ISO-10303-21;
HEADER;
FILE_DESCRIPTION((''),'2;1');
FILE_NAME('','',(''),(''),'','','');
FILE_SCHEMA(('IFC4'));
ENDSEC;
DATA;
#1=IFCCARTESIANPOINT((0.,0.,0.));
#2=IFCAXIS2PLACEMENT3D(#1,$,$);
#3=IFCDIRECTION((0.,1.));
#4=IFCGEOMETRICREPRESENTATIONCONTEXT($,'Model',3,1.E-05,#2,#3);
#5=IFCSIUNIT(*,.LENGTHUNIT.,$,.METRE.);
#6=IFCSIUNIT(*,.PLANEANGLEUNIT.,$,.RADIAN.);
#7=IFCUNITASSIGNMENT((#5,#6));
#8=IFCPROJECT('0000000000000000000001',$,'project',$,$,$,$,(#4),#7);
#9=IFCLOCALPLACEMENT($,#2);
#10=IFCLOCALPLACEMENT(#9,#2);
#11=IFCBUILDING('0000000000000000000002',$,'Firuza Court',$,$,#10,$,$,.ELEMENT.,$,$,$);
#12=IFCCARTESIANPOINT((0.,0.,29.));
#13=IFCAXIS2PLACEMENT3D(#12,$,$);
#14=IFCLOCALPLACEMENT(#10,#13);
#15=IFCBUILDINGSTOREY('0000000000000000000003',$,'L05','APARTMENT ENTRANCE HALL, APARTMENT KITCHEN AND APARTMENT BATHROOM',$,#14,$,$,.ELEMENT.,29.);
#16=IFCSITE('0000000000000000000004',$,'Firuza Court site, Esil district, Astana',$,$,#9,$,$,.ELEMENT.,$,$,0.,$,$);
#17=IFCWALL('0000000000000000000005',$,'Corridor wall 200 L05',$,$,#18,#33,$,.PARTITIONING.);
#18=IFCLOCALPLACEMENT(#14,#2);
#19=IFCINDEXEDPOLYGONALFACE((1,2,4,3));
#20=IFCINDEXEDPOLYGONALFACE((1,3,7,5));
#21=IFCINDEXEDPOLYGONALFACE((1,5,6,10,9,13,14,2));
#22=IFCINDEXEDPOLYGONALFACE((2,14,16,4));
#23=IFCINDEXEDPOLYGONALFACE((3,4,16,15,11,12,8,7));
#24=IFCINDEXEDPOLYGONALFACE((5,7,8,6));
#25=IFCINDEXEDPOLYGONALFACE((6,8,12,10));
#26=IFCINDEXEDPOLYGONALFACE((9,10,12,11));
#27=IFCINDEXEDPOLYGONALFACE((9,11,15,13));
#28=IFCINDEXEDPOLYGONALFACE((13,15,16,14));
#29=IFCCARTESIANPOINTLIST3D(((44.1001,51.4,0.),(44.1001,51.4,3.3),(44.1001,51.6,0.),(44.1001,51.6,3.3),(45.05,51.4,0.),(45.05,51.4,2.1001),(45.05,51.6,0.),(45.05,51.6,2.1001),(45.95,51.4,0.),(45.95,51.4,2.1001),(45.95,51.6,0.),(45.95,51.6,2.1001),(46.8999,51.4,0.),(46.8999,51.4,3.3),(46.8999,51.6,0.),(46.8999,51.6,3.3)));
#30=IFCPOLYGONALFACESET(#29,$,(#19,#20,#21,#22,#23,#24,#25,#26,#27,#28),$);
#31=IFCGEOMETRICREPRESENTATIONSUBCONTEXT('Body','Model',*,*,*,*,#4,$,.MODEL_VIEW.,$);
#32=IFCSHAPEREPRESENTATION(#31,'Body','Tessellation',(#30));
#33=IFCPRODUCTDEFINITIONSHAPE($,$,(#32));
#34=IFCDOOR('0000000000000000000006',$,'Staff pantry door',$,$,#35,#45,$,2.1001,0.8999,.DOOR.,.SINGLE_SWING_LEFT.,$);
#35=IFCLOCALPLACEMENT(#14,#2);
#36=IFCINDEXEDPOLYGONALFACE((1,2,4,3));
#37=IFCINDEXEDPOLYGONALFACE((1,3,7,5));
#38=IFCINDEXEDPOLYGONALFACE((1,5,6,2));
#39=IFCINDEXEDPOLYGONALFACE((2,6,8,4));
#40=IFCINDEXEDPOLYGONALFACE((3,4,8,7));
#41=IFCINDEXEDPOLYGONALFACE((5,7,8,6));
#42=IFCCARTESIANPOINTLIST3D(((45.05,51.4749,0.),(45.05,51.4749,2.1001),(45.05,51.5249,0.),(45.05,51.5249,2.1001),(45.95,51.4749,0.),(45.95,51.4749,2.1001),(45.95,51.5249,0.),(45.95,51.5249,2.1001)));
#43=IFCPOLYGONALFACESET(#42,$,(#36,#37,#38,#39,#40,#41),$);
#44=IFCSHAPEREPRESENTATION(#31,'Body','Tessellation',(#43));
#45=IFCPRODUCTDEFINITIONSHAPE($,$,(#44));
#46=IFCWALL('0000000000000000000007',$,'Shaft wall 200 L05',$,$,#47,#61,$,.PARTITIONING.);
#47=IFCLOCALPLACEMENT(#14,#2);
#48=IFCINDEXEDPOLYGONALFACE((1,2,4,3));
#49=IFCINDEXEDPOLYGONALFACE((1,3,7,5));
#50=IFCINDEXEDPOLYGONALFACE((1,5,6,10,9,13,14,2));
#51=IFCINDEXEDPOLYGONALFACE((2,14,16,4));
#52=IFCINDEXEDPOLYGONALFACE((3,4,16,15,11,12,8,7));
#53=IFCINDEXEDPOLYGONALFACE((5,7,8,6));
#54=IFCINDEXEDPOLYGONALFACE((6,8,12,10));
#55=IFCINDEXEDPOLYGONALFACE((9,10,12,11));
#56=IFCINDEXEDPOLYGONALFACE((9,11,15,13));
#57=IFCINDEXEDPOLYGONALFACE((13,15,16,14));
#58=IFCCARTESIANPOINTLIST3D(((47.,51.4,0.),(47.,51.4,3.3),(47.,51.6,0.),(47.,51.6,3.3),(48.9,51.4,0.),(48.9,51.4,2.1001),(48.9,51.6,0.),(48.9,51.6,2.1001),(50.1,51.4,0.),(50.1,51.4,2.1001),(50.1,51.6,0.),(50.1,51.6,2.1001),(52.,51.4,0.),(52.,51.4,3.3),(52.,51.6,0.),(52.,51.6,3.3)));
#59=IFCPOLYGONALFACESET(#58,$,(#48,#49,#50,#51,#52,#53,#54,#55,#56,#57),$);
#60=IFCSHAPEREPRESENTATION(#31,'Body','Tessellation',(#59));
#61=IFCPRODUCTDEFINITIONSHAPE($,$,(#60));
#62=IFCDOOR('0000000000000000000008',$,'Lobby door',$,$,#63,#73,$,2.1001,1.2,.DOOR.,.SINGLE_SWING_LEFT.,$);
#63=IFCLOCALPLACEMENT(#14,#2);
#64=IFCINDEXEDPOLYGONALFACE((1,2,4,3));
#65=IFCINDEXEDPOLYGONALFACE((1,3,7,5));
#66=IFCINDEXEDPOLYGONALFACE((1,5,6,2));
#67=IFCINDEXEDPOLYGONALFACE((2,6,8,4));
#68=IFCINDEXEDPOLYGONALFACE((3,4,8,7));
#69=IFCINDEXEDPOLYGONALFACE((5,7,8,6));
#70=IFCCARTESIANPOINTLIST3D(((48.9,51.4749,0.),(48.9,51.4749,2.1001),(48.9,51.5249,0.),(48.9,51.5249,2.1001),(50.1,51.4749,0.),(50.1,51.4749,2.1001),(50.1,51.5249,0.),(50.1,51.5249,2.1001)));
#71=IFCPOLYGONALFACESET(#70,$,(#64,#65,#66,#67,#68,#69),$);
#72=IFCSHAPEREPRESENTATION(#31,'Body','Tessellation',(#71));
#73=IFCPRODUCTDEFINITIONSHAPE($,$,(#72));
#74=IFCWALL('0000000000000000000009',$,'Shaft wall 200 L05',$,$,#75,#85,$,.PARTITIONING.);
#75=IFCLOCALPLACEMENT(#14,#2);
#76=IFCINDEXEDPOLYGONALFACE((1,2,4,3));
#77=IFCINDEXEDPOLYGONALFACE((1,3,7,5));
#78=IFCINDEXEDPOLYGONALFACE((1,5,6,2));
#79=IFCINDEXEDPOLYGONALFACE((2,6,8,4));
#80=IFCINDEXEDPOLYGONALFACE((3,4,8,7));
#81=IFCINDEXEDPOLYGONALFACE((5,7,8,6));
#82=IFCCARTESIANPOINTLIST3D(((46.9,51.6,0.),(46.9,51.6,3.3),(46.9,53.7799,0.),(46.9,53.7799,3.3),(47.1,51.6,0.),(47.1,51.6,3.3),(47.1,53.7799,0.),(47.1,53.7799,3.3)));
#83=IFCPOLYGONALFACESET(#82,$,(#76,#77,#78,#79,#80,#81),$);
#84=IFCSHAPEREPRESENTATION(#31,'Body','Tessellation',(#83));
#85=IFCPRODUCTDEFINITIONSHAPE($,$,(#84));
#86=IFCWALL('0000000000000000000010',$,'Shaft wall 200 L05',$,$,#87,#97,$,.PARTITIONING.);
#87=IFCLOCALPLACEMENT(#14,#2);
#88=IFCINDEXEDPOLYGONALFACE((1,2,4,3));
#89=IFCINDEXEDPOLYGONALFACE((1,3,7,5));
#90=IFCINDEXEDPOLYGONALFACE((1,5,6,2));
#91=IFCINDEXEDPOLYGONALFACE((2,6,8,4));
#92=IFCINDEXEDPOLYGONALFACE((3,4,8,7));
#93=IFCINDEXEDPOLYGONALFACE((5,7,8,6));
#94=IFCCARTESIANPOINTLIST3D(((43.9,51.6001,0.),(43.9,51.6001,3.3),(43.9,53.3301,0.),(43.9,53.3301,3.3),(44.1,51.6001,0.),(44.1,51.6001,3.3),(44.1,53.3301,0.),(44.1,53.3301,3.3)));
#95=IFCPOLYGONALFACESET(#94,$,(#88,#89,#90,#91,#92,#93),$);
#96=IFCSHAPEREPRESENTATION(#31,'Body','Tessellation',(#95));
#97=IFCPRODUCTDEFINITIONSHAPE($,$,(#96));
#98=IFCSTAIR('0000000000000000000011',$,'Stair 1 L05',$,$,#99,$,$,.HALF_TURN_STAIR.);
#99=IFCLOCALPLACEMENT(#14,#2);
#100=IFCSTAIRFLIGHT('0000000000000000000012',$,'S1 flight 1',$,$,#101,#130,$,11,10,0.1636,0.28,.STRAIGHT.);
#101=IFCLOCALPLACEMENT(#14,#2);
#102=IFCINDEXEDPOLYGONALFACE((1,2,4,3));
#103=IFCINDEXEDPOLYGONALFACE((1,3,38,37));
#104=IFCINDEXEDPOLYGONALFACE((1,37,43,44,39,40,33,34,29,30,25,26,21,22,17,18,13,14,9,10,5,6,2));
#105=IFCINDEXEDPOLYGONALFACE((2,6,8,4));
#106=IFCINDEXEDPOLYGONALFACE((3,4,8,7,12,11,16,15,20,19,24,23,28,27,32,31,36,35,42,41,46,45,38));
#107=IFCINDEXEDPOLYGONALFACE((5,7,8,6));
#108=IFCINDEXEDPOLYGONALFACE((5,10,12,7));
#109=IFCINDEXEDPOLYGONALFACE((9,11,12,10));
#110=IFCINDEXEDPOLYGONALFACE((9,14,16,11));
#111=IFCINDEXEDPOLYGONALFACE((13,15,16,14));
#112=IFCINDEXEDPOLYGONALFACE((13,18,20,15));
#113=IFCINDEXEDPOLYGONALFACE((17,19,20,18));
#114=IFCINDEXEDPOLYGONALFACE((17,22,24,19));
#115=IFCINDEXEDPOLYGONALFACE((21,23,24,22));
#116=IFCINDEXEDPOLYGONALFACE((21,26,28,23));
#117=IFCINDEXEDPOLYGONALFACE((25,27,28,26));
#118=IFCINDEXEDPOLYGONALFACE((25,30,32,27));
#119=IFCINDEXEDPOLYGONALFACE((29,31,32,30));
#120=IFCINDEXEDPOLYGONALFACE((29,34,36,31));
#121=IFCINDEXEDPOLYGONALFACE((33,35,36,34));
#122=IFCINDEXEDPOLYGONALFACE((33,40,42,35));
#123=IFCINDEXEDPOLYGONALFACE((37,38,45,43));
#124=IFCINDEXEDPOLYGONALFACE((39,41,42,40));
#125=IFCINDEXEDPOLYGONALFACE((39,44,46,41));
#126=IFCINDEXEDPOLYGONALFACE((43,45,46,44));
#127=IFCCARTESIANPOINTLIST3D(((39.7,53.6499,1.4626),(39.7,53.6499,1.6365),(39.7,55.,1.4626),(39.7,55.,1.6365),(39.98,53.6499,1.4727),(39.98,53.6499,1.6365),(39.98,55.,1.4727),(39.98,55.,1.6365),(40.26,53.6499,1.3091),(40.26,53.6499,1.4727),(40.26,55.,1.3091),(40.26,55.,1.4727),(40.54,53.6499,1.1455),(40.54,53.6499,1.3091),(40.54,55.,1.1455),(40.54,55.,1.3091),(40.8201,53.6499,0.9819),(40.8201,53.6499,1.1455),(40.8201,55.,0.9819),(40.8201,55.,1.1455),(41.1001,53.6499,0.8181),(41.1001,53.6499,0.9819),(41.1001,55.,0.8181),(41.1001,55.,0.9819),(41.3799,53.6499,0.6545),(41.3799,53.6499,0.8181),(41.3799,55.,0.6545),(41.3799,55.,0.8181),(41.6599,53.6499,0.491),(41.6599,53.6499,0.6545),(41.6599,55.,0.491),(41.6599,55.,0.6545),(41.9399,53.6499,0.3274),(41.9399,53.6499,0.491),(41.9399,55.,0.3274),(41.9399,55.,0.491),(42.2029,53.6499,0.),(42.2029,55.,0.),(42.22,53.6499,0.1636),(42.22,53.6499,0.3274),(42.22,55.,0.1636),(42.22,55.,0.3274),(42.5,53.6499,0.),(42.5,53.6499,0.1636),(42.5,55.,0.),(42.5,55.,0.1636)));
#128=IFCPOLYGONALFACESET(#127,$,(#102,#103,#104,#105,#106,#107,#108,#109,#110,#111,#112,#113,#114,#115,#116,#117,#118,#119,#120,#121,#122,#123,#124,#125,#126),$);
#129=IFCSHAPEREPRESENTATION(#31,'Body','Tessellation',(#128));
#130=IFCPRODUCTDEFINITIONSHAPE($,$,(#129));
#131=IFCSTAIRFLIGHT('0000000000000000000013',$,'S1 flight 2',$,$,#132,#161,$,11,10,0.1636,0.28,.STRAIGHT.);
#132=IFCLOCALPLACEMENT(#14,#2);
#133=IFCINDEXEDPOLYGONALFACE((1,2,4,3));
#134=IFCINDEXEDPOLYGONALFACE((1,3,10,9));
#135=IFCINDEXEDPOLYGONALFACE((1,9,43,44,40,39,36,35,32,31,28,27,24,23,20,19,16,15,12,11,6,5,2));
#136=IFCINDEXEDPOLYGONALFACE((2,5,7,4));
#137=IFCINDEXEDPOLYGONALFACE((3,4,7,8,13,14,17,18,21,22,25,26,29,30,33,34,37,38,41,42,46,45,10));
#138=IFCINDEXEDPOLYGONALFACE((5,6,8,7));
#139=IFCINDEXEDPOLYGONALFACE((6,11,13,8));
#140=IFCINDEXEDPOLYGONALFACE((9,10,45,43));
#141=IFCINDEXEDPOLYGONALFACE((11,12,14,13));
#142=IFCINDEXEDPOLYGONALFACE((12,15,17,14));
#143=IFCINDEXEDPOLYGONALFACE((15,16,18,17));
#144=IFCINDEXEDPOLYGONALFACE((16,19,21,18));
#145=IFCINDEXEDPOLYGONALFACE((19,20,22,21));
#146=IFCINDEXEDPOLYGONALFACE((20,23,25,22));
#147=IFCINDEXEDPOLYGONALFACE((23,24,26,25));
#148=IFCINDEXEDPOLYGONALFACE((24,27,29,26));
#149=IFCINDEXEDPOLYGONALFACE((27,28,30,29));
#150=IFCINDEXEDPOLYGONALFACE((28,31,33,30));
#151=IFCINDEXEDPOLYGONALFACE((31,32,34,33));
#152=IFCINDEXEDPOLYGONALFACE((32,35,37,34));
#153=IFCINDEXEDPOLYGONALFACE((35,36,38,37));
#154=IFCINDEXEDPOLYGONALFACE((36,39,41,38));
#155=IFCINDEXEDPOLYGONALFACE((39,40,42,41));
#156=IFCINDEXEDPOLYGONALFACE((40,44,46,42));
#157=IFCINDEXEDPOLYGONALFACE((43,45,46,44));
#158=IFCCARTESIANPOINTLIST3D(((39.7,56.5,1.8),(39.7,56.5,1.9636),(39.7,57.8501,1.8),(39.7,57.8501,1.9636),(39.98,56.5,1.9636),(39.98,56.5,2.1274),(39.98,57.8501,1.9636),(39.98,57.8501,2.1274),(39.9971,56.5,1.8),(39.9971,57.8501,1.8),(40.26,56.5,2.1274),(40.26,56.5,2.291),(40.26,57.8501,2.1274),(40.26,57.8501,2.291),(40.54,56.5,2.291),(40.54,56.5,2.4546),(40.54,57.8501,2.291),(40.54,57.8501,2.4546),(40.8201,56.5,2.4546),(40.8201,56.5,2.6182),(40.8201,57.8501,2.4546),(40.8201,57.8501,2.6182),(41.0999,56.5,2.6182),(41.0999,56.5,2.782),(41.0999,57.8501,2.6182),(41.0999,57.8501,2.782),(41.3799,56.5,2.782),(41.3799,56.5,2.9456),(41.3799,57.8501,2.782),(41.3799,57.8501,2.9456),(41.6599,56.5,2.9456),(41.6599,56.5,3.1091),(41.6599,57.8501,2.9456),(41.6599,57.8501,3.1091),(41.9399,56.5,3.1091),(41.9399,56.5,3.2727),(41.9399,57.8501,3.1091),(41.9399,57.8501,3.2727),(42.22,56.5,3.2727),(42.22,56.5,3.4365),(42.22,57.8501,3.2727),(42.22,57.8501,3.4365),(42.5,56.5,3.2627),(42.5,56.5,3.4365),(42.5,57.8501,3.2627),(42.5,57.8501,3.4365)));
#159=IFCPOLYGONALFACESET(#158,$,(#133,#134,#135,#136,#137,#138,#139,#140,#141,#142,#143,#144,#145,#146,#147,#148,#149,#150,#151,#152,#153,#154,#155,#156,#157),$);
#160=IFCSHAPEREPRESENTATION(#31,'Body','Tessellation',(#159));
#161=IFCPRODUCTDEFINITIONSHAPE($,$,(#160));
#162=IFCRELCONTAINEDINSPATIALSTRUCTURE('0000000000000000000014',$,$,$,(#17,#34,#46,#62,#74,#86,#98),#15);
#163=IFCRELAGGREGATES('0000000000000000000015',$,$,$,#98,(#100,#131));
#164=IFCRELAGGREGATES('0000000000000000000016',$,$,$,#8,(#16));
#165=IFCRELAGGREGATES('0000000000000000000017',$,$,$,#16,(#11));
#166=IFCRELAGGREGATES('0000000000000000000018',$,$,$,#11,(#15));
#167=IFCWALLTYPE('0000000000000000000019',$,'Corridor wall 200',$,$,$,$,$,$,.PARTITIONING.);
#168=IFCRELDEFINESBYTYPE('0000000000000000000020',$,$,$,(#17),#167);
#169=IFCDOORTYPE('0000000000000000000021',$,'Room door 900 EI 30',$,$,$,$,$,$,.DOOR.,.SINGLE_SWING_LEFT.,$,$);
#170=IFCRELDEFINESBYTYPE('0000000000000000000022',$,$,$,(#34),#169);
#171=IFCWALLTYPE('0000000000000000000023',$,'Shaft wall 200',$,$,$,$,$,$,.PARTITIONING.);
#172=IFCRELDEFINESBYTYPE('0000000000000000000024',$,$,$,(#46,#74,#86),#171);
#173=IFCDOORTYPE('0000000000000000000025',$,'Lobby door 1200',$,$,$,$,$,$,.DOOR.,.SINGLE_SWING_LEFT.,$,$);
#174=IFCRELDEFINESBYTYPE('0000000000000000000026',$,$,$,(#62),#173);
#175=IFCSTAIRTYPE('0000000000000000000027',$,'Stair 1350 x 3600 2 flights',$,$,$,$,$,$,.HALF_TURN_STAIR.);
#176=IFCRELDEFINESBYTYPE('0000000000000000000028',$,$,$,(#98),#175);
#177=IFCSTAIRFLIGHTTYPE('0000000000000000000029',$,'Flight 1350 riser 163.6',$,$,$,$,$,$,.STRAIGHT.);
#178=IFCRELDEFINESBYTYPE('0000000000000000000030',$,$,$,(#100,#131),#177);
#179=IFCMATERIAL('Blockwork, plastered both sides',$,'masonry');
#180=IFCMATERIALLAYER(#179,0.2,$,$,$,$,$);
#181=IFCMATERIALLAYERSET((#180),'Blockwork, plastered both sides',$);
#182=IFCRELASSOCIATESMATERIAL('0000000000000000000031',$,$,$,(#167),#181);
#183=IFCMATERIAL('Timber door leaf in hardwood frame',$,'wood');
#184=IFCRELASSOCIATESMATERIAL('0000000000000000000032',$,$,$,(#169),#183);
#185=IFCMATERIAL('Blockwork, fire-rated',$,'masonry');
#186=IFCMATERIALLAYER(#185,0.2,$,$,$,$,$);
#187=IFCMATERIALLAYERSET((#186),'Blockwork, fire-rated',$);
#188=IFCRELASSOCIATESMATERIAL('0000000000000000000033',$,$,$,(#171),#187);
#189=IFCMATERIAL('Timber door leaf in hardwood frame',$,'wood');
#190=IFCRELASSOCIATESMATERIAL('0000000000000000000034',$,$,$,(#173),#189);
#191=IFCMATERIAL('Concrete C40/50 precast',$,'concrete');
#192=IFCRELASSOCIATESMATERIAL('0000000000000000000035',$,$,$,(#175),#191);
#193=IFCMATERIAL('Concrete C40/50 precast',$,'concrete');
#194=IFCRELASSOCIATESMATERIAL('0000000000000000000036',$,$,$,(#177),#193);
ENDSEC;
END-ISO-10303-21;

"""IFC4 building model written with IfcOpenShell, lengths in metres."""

from ifc_helpers import new_model, si_unit, direction, frame, frame_2d, origin, place, context, subcontext, project, spatial, polyline, rectangle, outline, extrude, material, layer, layer_set, type_object, element, fill, aggregate, save


model = new_model("IFC4")

# Units and contexts
model_context = context("Model", 3, precision=1e-05, world=origin(), true_north=direction((0.0, 1.0)))
body_context = subcontext(model_context, "Body", "Model", "MODEL_VIEW")
ifc_project = project(units=[si_unit("LENGTHUNIT", "METRE"), si_unit("PLANEANGLEUNIT", "RADIAN")], contexts=[model_context])

# Site, building, storey
site_placement = place(None, origin())
site = spatial("IfcSite", under=ifc_project, at=site_placement, Name="Firuza Court site, Esil district, Astana", CompositionType="ELEMENT", RefElevation=0.0)
building_placement = place(site_placement, origin())
building = spatial("IfcBuilding", under=site, at=building_placement, Name="Firuza Court", CompositionType="ELEMENT")
storey_placement = place(building_placement, frame((0.0, 0.0, 29.0)))
storey = spatial("IfcBuildingStorey", under=building, at=storey_placement, Name="L05", Description="APARTMENT ENTRANCE HALL, APARTMENT KITCHEN AND APARTMENT BATHROOM", CompositionType="ELEMENT", Elevation=29.0)

# Walls, openings, doors
ifc_material_1 = material(Name="Blockwork, plastered both sides", Category="masonry")
ifc_layer_1 = layer(ifc_material_1, 0.2)
ifc_layer_set_1 = layer_set([ifc_layer_1], Name="Blockwork, plastered both sides")
wall_type_1 = type_object("IfcWallType", Name="Corridor wall 200", PredefinedType="PARTITIONING", material=ifc_layer_set_1)
wall_1_placement = place(storey_placement, frame((44.1001, 51.5, 0.0), z_axis=(0.0, 0.0, 1.0), x_axis=(1.0, 0.0, 0.0)))
wall_1 = element("IfcWall", 1, at=wall_1_placement, inside=storey, type_object=wall_type_1, Name="Corridor wall 200 L05", PredefinedType="PARTITIONING", context=body_context, shape_type="SweptSolid", body=[
    extrude(rectangle(XDim=2.7998, YDim=0.2, at=frame_2d((1.3999, 0.0))), origin(), (0.0, 0.0, 1.0), 3.3),
])
opening_1_placement = place(wall_1_placement, frame((0.95, 0.0, 0.0)))
opening_1 = element("IfcOpeningElement", 2, at=opening_1_placement, cuts=wall_1, PredefinedType="OPENING", context=body_context, shape_type="SweptSolid", body=[
    extrude(rectangle(XDim=0.8999, YDim=2.1001, at=frame_2d((0.45, 1.05))), frame((0.0, 0.1118, 0.0), z_axis=(0.0, -1.0, 0.0), x_axis=(1.0, 0.0, 0.0)), (0.0, 0.0, 1.0), 0.2239),
])
ifc_material_2 = material(Name="Timber door leaf in hardwood frame", Category="wood")
door_type_1 = type_object("IfcDoorType", Name="Room door 900 EI 30", OperationType="SINGLE_SWING_LEFT", PredefinedType="DOOR", material=ifc_material_2)
door_1_placement = place(opening_1_placement, origin())
door_1 = element("IfcDoor", 3, at=door_1_placement, inside=storey, type_object=door_type_1, Name="Staff pantry door", OperationType="SINGLE_SWING_LEFT", OverallHeight=2.1001, OverallWidth=0.8999, PredefinedType="DOOR", context=body_context, shape_type="SweptSolid", body=[
    extrude(rectangle(XDim=0.8999, YDim=2.1001, at=frame_2d((0.45, 1.05))), frame((0.0, 0.0249, 0.0), z_axis=(0.0, -1.0, 0.0), x_axis=(1.0, 0.0, 0.0)), (0.0, 0.0, 1.0), 0.05),
])
fill(opening_1, door_1)
ifc_material_3 = material(Name="Blockwork, fire-rated", Category="masonry")
ifc_layer_2 = layer(ifc_material_3, 0.2)
ifc_layer_set_2 = layer_set([ifc_layer_2], Name="Blockwork, fire-rated")
wall_type_2 = type_object("IfcWallType", Name="Shaft wall 200", PredefinedType="PARTITIONING", material=ifc_layer_set_2)
wall_2_placement = place(storey_placement, frame((47.0, 51.5, 0.0), z_axis=(0.0, 0.0, 1.0), x_axis=(1.0, 0.0, 0.0)))
wall_2 = element("IfcWall", 4, at=wall_2_placement, inside=storey, type_object=wall_type_2, Name="Shaft wall 200 L05", PredefinedType="PARTITIONING", context=body_context, shape_type="SweptSolid", body=[
    extrude(rectangle(XDim=5.0, YDim=0.2, at=frame_2d((2.5, 0.0))), origin(), (0.0, 0.0, 1.0), 3.3),
])
opening_2_placement = place(wall_2_placement, frame((1.8999, 0.0, 0.0)))
opening_2 = element("IfcOpeningElement", 5, at=opening_2_placement, cuts=wall_2, PredefinedType="OPENING", context=body_context, shape_type="SweptSolid", body=[
    extrude(rectangle(XDim=1.2, YDim=2.1001, at=frame_2d((0.6001, 1.05))), frame((0.0, 0.1118, 0.0), z_axis=(0.0, -1.0, 0.0), x_axis=(1.0, 0.0, 0.0)), (0.0, 0.0, 1.0), 0.2239),
])
ifc_material_4 = material(Name="Timber door leaf in hardwood frame", Category="wood")
door_type_2 = type_object("IfcDoorType", Name="Lobby door 1200", OperationType="SINGLE_SWING_LEFT", PredefinedType="DOOR", material=ifc_material_4)
door_2_placement = place(opening_2_placement, origin())
door_2 = element("IfcDoor", 6, at=door_2_placement, inside=storey, type_object=door_type_2, Name="Lobby door", OperationType="SINGLE_SWING_LEFT", OverallHeight=2.1001, OverallWidth=1.2, PredefinedType="DOOR", context=body_context, shape_type="SweptSolid", body=[
    extrude(rectangle(XDim=1.2, YDim=2.1001, at=frame_2d((0.6001, 1.05))), frame((0.0, 0.0249, 0.0), z_axis=(0.0, -1.0, 0.0), x_axis=(1.0, 0.0, 0.0)), (0.0, 0.0, 1.0), 0.05),
])
fill(opening_2, door_2)

# Walls
wall_3_placement = place(storey_placement, frame((47.0, 51.6001, 0.0), z_axis=(0.0, 0.0, 1.0), x_axis=(0.0, 1.0, 0.0)))
element("IfcWall", 7, at=wall_3_placement, inside=storey, type_object=wall_type_2, Name="Shaft wall 200 L05", PredefinedType="PARTITIONING", context=body_context, shape_type="SweptSolid", body=[
    extrude(rectangle(XDim=2.1799, YDim=0.2, at=frame_2d((1.0898, 0.0))), origin(), (0.0, 0.0, 1.0), 3.3),
])
wall_4_placement = place(storey_placement, frame((44.0, 51.6001, 0.0), z_axis=(0.0, 0.0, 1.0), x_axis=(0.0, 1.0, 0.0)))
element("IfcWall", 8, at=wall_4_placement, inside=storey, type_object=wall_type_2, Name="Shaft wall 200 L05", PredefinedType="PARTITIONING", context=body_context, shape_type="SweptSolid", body=[
    extrude(rectangle(XDim=1.73, YDim=0.2, at=frame_2d((0.865, 0.0))), origin(), (0.0, 0.0, 1.0), 3.3),
])

# Stair, stair flights
ifc_material_5 = material(Name="Concrete C40/50 precast", Category="concrete")
stair_type = type_object("IfcStairType", Name="Stair 1350 x 3600 2 flights", PredefinedType="HALF_TURN_STAIR", material=ifc_material_5)
stair_placement = place(storey_placement, origin())
stair = element("IfcStair", 9, at=stair_placement, inside=storey, type_object=stair_type, Name="Stair 1 L05", PredefinedType="HALF_TURN_STAIR")
ifc_material_6 = material(Name="Concrete C40/50 precast", Category="concrete")
stair_flight_type = type_object("IfcStairFlightType", Name="Flight 1350 riser 163.6", PredefinedType="STRAIGHT", material=ifc_material_6)
stair_flight_1_placement = place(storey_placement, frame((42.5, 54.325, 0.0), z_axis=(0.0, 0.0, 1.0), x_axis=(-1.0, 0.0, 0.0)))
stair_flight_1 = element("IfcStairFlight", 10, at=stair_flight_1_placement, type_object=stair_flight_type, Name="S1 flight 1", NumberOfRisers=11, NumberOfTreads=10, PredefinedType="STRAIGHT", RiserHeight=0.1636, TreadLength=0.28, context=body_context, shape_type="SweptSolid", body=[
    extrude(outline(polyline([(0.0, 0.0), (0.0, 0.1636), (0.28, 0.1636), (0.28, 0.3274), (0.5601, 0.3274), (0.5601, 0.491), (0.8401, 0.491), (0.8401, 0.6545), (1.1201, 0.6545), (1.1201, 0.8181), (1.3999, 0.8181), (1.3999, 0.9819), (1.6799, 0.9819), (1.6799, 1.1455), (1.96, 1.1455), (1.96, 1.3091), (2.24, 1.3091), (2.24, 1.4727), (2.52, 1.4727), (2.52, 1.6365), (2.8, 1.6365), (2.8, 1.8), (2.8, 1.4626), (0.2971, 0.0), (0.0, 0.0)])), frame((0.0, 0.675, 0.0), z_axis=(0.0, -1.0, 0.0), x_axis=(1.0, 0.0, 0.0)), (0.0, 0.0, 1.0), 1.3501),
])
stair_flight_2_placement = place(storey_placement, frame((39.7, 57.175, 1.8), z_axis=(0.0, 0.0, 1.0), x_axis=(1.0, 0.0, 0.0)))
stair_flight_2 = element("IfcStairFlight", 11, at=stair_flight_2_placement, type_object=stair_flight_type, Name="S1 flight 2", NumberOfRisers=11, NumberOfTreads=10, PredefinedType="STRAIGHT", RiserHeight=0.1636, TreadLength=0.28, context=body_context, shape_type="SweptSolid", body=[
    extrude(outline(polyline([(0.0, 0.0), (0.0, 0.1636), (0.28, 0.1636), (0.28, 0.3274), (0.5601, 0.3274), (0.5601, 0.491), (0.8401, 0.491), (0.8401, 0.6545), (1.1201, 0.6545), (1.1201, 0.8181), (1.3999, 0.8181), (1.3999, 0.9819), (1.6799, 0.9819), (1.6799, 1.1455), (1.96, 1.1455), (1.96, 1.3091), (2.24, 1.3091), (2.24, 1.4727), (2.52, 1.4727), (2.52, 1.6365), (2.8, 1.6365), (2.8, 1.8), (2.8, 1.4626), (0.2971, 0.0), (0.0, 0.0)])), frame((0.0, 0.675, 0.0), z_axis=(0.0, -1.0, 0.0), x_axis=(1.0, 0.0, 0.0)), (0.0, 0.0, 1.0), 1.3501),
])
aggregate(stair, [stair_flight_1, stair_flight_2])

save(model, "model.ifc")
